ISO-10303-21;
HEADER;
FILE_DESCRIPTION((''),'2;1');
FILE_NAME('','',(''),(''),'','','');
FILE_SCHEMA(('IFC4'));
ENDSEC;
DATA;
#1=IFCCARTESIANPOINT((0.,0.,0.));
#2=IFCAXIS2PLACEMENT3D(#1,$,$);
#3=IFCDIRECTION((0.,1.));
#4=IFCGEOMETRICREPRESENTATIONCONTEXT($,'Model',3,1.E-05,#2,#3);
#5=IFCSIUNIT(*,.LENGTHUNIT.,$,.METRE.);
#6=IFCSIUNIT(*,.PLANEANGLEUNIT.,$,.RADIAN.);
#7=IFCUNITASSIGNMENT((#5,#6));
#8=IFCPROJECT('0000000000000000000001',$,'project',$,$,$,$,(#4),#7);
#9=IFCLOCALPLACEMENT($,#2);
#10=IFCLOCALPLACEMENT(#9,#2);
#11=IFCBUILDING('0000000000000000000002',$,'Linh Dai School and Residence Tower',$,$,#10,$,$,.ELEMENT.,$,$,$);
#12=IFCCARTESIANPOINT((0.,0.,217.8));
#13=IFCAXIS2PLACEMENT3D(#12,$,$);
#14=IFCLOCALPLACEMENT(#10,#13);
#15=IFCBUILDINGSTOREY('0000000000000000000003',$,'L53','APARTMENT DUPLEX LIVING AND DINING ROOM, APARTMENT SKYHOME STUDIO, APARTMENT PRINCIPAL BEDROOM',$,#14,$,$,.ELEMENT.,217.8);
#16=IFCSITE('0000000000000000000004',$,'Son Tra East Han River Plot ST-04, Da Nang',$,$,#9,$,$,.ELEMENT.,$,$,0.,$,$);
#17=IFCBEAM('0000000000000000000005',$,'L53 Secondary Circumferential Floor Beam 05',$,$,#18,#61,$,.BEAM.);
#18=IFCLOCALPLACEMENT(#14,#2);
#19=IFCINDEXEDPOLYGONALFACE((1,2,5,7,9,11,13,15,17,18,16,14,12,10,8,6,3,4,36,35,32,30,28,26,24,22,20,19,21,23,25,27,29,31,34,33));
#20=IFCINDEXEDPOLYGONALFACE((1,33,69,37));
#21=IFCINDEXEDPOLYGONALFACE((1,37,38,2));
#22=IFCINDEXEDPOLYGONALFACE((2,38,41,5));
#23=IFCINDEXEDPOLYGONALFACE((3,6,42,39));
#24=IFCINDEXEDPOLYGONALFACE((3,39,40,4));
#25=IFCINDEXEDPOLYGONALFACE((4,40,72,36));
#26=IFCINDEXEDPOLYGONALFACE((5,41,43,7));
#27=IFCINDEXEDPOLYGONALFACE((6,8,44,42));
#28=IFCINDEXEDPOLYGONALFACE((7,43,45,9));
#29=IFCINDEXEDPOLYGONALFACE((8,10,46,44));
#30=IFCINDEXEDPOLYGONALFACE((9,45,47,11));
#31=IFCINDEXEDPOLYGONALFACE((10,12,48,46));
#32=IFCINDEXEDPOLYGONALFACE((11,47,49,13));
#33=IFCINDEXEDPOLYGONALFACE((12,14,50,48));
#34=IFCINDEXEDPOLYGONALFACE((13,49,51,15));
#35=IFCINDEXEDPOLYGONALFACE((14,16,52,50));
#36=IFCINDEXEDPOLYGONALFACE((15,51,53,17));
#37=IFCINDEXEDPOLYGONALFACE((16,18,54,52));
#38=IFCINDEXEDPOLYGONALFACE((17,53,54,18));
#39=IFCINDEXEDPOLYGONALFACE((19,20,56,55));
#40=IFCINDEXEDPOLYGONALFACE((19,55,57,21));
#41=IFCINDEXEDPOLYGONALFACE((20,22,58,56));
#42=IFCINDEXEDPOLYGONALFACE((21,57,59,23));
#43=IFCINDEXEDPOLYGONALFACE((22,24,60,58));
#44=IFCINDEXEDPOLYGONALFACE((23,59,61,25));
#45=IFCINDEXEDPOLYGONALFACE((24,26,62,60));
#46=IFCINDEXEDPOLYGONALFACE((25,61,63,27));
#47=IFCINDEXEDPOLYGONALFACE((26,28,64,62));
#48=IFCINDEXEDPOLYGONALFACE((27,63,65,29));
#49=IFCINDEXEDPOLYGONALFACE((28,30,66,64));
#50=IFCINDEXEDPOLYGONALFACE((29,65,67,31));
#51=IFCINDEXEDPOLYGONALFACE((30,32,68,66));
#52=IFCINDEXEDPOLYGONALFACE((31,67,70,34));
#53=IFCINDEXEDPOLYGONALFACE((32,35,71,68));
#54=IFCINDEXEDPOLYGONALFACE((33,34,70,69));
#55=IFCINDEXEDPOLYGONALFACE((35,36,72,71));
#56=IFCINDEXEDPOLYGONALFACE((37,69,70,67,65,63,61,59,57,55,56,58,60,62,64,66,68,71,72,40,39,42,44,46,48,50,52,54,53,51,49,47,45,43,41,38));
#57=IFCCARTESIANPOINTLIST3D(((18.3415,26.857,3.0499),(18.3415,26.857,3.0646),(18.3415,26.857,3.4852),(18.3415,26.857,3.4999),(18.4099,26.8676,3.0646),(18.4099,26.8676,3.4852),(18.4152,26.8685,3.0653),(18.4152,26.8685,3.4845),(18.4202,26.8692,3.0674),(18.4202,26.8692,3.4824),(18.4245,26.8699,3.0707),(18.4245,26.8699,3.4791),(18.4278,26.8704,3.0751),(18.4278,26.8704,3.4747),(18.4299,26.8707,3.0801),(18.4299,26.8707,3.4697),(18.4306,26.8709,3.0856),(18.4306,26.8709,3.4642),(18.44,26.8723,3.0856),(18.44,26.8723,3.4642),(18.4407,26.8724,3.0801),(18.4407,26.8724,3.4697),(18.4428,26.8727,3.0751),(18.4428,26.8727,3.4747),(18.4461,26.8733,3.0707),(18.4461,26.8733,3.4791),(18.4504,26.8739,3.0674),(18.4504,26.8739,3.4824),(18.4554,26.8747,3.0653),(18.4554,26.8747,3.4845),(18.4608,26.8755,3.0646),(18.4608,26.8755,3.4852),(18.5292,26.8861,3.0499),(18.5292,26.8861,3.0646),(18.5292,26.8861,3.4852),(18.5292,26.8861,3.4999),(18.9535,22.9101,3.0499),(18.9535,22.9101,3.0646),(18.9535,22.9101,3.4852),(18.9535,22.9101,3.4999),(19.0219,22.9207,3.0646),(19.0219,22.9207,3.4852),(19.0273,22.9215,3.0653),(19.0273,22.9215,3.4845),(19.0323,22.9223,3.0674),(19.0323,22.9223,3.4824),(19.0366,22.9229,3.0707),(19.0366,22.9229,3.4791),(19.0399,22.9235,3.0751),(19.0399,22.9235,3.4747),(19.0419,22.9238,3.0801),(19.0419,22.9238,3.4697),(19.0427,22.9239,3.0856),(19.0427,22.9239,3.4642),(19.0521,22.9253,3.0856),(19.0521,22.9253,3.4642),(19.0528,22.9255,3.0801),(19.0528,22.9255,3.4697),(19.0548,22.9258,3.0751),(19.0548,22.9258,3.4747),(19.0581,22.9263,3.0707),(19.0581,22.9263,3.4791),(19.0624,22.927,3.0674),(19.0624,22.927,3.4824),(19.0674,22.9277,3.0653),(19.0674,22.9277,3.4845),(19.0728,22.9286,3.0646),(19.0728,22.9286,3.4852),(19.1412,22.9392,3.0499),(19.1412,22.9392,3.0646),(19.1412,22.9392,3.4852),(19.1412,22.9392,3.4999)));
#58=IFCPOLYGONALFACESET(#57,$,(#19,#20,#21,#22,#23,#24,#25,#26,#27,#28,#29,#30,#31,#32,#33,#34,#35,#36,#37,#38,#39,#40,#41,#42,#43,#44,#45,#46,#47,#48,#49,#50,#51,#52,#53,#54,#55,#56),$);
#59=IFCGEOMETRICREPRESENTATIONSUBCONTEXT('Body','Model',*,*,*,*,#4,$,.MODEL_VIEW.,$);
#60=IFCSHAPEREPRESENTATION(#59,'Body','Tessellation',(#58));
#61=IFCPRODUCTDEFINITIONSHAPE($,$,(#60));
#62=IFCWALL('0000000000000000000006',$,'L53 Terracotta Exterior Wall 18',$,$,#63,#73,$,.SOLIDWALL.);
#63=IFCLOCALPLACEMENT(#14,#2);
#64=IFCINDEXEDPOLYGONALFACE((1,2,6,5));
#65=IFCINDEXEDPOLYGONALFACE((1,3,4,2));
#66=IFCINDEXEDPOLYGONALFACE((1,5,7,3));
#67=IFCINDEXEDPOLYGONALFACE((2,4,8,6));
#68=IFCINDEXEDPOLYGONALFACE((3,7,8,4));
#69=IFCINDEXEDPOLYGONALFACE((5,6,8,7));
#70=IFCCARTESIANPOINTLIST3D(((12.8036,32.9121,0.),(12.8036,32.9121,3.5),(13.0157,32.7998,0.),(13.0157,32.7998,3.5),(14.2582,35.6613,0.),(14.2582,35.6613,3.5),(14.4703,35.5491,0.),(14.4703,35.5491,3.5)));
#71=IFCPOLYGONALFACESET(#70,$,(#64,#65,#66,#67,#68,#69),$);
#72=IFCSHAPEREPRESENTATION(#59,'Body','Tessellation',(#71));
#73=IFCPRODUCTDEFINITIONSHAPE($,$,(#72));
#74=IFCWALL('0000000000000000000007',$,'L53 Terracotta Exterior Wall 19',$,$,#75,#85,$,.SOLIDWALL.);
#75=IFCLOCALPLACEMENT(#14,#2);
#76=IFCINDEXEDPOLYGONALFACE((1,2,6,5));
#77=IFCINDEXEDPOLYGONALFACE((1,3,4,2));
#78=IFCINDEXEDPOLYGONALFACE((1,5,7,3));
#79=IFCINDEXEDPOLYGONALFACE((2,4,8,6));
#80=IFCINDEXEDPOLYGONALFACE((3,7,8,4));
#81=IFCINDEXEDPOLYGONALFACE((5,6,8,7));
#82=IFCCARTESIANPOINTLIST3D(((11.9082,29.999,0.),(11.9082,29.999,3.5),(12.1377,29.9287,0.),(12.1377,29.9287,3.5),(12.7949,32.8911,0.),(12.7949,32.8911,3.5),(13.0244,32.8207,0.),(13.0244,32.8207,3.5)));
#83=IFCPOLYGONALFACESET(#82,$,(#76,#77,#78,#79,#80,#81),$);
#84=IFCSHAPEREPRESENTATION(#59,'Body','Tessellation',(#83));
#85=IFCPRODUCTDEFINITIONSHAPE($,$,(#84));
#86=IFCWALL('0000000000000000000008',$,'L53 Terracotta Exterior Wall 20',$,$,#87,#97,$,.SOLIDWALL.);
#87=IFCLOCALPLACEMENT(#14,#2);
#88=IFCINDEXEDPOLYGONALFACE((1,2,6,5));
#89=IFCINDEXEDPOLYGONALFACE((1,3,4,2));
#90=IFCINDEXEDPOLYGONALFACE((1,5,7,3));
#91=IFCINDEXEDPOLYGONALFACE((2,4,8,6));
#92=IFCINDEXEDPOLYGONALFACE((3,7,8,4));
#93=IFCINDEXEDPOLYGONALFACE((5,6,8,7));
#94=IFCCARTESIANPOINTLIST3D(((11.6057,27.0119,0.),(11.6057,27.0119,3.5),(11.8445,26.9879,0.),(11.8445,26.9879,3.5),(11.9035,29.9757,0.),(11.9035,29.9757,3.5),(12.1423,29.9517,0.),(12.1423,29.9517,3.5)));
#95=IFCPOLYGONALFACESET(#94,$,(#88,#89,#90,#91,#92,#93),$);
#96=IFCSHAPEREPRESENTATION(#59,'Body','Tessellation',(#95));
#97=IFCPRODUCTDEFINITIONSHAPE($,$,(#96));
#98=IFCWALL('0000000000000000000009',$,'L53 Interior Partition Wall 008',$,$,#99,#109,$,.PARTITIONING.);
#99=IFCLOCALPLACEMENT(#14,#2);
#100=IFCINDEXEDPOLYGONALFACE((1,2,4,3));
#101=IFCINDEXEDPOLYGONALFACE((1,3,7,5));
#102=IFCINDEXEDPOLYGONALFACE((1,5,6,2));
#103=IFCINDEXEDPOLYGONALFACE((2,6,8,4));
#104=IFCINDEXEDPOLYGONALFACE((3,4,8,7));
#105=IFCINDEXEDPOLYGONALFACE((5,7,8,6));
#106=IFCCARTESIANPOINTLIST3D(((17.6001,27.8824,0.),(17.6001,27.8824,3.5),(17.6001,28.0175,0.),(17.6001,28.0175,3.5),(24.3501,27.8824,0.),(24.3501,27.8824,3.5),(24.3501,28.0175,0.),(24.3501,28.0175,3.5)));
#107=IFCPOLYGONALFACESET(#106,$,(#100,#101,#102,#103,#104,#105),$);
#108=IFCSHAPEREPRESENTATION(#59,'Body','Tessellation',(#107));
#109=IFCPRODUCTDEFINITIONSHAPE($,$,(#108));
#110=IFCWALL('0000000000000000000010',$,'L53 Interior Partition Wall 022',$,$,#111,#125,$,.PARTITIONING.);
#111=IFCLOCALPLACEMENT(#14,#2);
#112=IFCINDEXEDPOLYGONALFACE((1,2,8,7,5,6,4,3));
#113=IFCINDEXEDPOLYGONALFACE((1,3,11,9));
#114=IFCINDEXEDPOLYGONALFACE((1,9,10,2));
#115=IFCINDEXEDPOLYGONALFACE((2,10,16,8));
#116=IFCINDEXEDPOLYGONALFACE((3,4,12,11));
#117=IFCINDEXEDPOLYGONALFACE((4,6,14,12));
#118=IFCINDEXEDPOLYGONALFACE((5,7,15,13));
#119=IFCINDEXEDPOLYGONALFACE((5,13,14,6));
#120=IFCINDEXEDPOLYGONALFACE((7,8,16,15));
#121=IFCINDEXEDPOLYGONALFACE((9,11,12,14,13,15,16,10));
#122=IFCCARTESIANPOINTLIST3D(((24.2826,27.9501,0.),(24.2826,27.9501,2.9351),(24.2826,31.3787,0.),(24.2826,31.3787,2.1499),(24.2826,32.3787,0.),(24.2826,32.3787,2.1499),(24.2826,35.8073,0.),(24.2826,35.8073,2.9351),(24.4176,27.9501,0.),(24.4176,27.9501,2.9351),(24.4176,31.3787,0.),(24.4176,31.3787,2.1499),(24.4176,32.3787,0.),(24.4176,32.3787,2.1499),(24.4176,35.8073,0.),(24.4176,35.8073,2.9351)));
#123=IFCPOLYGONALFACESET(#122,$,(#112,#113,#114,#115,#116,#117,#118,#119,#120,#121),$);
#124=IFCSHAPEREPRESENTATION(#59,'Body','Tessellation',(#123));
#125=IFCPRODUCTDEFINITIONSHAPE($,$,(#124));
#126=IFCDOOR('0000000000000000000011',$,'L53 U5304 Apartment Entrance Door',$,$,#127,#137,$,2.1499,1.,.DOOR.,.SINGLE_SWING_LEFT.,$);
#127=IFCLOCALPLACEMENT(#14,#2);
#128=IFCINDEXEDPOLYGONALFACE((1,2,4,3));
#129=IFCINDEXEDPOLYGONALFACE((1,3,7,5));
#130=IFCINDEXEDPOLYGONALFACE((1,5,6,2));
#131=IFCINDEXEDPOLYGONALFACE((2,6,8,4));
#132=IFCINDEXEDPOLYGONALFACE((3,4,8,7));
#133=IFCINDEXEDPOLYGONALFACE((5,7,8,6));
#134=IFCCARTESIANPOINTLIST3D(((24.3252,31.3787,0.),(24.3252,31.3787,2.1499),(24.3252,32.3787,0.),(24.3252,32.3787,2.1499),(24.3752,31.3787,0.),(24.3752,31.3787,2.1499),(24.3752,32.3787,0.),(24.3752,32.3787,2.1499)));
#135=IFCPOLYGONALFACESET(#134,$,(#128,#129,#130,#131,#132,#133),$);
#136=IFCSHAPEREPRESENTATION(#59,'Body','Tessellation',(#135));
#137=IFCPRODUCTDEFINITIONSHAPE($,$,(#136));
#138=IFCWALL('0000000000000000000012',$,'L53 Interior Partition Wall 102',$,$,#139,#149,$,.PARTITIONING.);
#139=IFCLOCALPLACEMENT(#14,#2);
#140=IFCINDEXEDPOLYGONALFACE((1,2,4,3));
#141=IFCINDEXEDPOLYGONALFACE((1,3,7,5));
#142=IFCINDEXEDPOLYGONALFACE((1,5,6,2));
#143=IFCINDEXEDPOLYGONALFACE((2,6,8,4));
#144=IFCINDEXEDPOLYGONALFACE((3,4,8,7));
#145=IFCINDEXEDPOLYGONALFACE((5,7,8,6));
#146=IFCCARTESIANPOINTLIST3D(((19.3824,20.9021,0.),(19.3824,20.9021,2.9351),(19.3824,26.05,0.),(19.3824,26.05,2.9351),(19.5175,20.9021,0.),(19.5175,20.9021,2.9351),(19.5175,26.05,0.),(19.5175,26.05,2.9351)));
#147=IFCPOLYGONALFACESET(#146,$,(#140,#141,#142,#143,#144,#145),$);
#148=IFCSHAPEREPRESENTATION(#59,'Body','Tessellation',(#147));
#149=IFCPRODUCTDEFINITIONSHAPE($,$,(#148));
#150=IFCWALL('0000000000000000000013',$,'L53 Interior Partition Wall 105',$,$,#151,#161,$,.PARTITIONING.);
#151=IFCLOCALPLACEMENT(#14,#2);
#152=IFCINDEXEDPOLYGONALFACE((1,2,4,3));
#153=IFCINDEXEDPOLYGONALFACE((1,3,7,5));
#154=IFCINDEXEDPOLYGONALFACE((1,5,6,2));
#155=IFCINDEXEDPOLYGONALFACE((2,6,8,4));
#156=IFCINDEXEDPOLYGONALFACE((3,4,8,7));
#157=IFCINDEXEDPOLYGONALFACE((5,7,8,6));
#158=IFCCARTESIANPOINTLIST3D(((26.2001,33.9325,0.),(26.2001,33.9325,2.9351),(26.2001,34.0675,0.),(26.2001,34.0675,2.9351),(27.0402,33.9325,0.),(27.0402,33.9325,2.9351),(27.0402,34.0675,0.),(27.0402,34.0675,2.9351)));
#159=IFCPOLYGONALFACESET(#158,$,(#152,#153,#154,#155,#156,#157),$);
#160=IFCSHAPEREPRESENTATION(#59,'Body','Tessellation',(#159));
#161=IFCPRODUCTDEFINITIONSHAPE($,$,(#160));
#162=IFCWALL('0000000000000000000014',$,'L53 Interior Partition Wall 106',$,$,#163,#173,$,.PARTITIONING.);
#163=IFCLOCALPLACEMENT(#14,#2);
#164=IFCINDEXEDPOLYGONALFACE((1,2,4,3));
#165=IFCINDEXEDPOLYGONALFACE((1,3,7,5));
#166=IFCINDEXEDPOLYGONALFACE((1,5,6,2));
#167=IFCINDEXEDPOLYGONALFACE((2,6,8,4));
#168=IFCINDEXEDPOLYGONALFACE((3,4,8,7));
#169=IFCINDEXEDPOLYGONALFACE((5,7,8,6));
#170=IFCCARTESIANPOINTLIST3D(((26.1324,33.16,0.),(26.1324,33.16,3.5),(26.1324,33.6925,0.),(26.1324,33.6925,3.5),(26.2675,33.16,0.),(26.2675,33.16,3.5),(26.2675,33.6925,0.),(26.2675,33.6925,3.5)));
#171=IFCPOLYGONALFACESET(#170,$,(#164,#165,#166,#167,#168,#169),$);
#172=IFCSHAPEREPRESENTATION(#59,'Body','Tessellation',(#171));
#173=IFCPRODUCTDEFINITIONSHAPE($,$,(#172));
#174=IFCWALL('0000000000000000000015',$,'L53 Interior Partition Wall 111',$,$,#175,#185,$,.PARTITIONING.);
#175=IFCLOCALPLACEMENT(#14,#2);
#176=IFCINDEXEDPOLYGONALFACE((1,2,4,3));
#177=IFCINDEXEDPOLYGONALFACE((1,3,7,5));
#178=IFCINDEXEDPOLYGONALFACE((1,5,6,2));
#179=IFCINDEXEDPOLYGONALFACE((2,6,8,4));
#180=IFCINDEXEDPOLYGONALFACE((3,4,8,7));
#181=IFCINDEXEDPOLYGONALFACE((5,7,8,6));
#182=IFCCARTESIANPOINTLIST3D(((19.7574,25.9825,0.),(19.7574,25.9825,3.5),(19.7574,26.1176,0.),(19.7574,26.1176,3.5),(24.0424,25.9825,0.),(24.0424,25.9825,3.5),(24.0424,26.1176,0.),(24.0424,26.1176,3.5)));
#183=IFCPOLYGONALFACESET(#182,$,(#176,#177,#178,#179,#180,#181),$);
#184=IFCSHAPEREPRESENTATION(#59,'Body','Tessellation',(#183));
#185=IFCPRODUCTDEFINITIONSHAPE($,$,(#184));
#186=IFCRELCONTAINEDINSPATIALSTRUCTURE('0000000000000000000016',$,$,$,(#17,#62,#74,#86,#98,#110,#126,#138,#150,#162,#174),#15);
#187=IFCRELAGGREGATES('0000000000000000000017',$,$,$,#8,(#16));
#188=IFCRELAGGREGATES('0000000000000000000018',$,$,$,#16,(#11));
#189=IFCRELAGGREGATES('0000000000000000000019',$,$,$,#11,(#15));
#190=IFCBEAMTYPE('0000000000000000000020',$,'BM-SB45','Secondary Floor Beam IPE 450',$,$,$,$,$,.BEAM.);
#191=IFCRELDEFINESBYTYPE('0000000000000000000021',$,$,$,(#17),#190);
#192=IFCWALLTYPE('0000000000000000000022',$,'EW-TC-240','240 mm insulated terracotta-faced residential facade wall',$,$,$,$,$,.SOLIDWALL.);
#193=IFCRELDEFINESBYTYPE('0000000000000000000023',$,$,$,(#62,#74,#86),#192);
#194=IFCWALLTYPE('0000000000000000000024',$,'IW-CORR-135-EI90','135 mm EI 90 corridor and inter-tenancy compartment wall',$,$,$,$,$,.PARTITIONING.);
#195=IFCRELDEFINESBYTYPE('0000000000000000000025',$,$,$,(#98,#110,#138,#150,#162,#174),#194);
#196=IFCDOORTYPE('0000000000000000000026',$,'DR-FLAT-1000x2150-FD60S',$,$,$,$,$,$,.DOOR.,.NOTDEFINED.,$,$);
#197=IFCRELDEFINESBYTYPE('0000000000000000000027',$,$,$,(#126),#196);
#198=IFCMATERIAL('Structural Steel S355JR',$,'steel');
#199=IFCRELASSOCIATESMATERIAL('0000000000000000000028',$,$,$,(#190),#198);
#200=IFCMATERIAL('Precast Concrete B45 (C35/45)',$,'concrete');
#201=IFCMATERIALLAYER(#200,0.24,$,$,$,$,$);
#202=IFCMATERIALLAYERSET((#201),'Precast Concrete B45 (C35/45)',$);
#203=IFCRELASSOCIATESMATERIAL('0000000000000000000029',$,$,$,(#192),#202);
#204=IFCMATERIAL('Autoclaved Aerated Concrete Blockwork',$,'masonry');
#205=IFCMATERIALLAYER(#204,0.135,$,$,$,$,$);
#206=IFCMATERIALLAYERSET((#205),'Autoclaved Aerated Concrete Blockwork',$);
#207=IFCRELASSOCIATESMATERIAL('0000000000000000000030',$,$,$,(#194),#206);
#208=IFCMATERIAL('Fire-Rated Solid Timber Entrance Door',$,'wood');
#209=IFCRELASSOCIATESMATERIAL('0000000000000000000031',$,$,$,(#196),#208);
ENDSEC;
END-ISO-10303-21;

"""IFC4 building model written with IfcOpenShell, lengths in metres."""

from ifc_helpers import new_model, si_unit, direction, frame, frame_2d, origin, origin_2d, place, context, subcontext, project, spatial, rectangle, i_section, extrude, source, transform, mapped, material, layer, layer_set, material_profile, profile_set, type_object, element, fill, save


model = new_model("IFC4")

# Units and contexts
model_context = context("Model", 3, precision=1e-05, world=origin(), true_north=direction((0.0, 1.0)))
body_context = subcontext(model_context, "Body", "Model", "MODEL_VIEW")
ifc_project = project(units=[si_unit("LENGTHUNIT", "METRE"), si_unit("PLANEANGLEUNIT", "RADIAN")], contexts=[model_context])

# Site, building, storey
site_placement = place(None, origin())
site = spatial("IfcSite", under=ifc_project, at=site_placement, Name="Son Tra East Han River Plot ST-04, Da Nang", CompositionType="ELEMENT", RefElevation=0.0)
building_placement = place(site_placement, origin())
building = spatial("IfcBuilding", under=site, at=building_placement, Name="Linh Dai School and Residence Tower", CompositionType="ELEMENT")
storey_placement = place(building_placement, frame((0.0, 0.0, 217.8)))
storey = spatial("IfcBuildingStorey", under=building, at=storey_placement, Name="L53", Description="APARTMENT DUPLEX LIVING AND DINING ROOM, APARTMENT SKYHOME STUDIO, APARTMENT PRINCIPAL BEDROOM", CompositionType="ELEMENT", Elevation=217.8)

# Shared definitions
ifc_material_1 = material(Name="Structural Steel S355JR", Category="steel")

# Beam
ifc_material_profile_1 = material_profile(ifc_material_1, i_section(OverallWidth=0.1899, OverallDepth=0.45, WebThickness=0.0095, FlangeThickness=0.0146, FilletRadius=0.021, at=origin_2d()), Name="IPE 450")
ifc_profile_set_1 = profile_set([ifc_material_profile_1], Name="Structural Steel S355JR")
beam_type_1 = type_object("IfcBeamType", Name="BM-SB45", Description="Secondary Floor Beam IPE 450", PredefinedType="BEAM", material=ifc_profile_set_1)
beam_1_placement = place(storey_placement, frame((18.4353, 26.8716, 3.2749), z_axis=(0.153238, -0.988189, 0.0), x_axis=(0.988189, 0.153238, 0.0)))
element("IfcBeam", 1, at=beam_1_placement, inside=storey, type_object=beam_type_1, Name="L53 Secondary Circumferential Floor Beam 05", PredefinedType="BEAM", context=body_context, shape_type="SweptSolid", body=[
    extrude(i_section(OverallWidth=0.1899, OverallDepth=0.45, WebThickness=0.0095, FlangeThickness=0.0146, FilletRadius=0.021, at=origin_2d()), origin(), (0.0, 0.0, 1.0), 3.9941),
])

# Walls
ifc_material_2 = material(Name="Precast Concrete B45 (C35/45)", Category="concrete")
ifc_layer_1 = layer(ifc_material_2, 0.24)
ifc_layer_set_1 = layer_set([ifc_layer_1], Name="Precast Concrete B45 (C35/45)")
wall_type_1 = type_object("IfcWallType", Name="EW-TC-240", Description="240 mm insulated terracotta-faced residential facade wall", PredefinedType="SOLIDWALL", material=ifc_layer_set_1)
wall_1_placement = place(storey_placement, frame((12.9097, 32.856, 0.0), z_axis=(0.0, 0.0, 1.0), x_axis=(0.46766, 0.883908, 0.0)))
element("IfcWall", 2, at=wall_1_placement, inside=storey, type_object=wall_type_1, Name="L53 Terracotta Exterior Wall 18", PredefinedType="SOLIDWALL", context=body_context, shape_type="SweptSolid", body=[
    extrude(rectangle(XDim=3.1104, YDim=0.24, at=frame_2d((1.5552, 0.0))), origin(), (0.0, 0.0, 1.0), 3.5),
])
wall_2_placement = place(storey_placement, frame((12.0229, 29.9639, 0.0), z_axis=(0.0, 0.0, 1.0), x_axis=(0.293133, 0.956072, 0.0)))
element("IfcWall", 3, at=wall_2_placement, inside=storey, type_object=wall_type_1, Name="L53 Terracotta Exterior Wall 19", PredefinedType="SOLIDWALL", context=body_context, shape_type="SweptSolid", body=[
    extrude(rectangle(XDim=3.0249, YDim=0.24, at=frame_2d((1.5125, 0.0))), origin(), (0.0, 0.0, 1.0), 3.5),
])
wall_3_placement = place(storey_placement, frame((11.7251, 27.0, 0.0), z_axis=(0.0, 0.0, 1.0), x_axis=(0.099991, 0.994988, 0.0)))
element("IfcWall", 4, at=wall_3_placement, inside=storey, type_object=wall_type_1, Name="L53 Terracotta Exterior Wall 20", PredefinedType="SOLIDWALL", context=body_context, shape_type="SweptSolid", body=[
    extrude(rectangle(XDim=2.9788, YDim=0.24, at=frame_2d((1.4893, 0.0))), origin(), (0.0, 0.0, 1.0), 3.5),
])
ifc_material_3 = material(Name="Autoclaved Aerated Concrete Blockwork", Category="masonry")
ifc_layer_2 = layer(ifc_material_3, 0.135)
ifc_layer_set_2 = layer_set([ifc_layer_2], Name="Autoclaved Aerated Concrete Blockwork")
wall_type_2 = type_object("IfcWallType", Name="IW-CORR-135-EI90", Description="135 mm EI 90 corridor and inter-tenancy compartment wall", PredefinedType="PARTITIONING", material=ifc_layer_set_2)
wall_4_placement = place(storey_placement, frame((17.6001, 27.95, 0.0), z_axis=(0.0, 0.0, 1.0), x_axis=(1.0, 0.0, 0.0)))
element("IfcWall", 5, at=wall_4_placement, inside=storey, type_object=wall_type_2, Name="L53 Interior Partition Wall 008", PredefinedType="PARTITIONING", context=body_context, shape_type="SweptSolid", body=[
    extrude(rectangle(XDim=6.75, YDim=0.135, at=frame_2d((3.375, 0.0))), origin(), (0.0, 0.0, 1.0), 3.5),
])

# Wall, opening, door
wall_5_placement = place(storey_placement, frame((24.3501, 27.95, 0.0), z_axis=(0.0, 0.0, 1.0), x_axis=(0.0, 1.0, 0.0)))
wall_5 = element("IfcWall", 6, at=wall_5_placement, inside=storey, type_object=wall_type_2, Name="L53 Interior Partition Wall 022", PredefinedType="PARTITIONING", context=body_context, shape_type="SweptSolid", body=[
    extrude(rectangle(XDim=7.8572, YDim=0.135, at=frame_2d((3.9287, 0.0))), origin(), (0.0, 0.0, 1.0), 2.9351),
])
opening_1_placement = place(wall_5_placement, frame((3.4287, 0.0, 0.0)))
opening_1 = element("IfcOpeningElement", 7, at=opening_1_placement, cuts=wall_5, PredefinedType="OPENING", context=body_context, shape_type="SweptSolid", body=[
    extrude(rectangle(XDim=1.0, YDim=2.1499, at=origin_2d()), frame((0.5, 0.0776, 1.075), z_axis=(0.0, -1.0, 0.0), x_axis=(1.0, 0.0, 0.0)), (0.0, 0.0, 1.0), 0.155),
])
ifc_material_4 = material(Name="Fire-Rated Solid Timber Entrance Door", Category="wood")
door_type_1 = type_object("IfcDoorType", Name="DR-FLAT-1000x2150-FD60S", OperationType="NOTDEFINED", PredefinedType="DOOR", material=ifc_material_4)
shared_shape_1 = source(origin(), body_context, "Body", "SweptSolid", [
    extrude(rectangle(XDim=1.0, YDim=2.1499, at=origin_2d()), frame((0.5, 0.0249, 1.075), z_axis=(0.0, -1.0, 0.0), x_axis=(1.0, 0.0, 0.0)), (0.0, 0.0, 1.0), 0.05),
])
door_1_placement = place(opening_1_placement, origin())
door_1 = element("IfcDoor", 8, at=door_1_placement, inside=storey, type_object=door_type_1, Name="L53 U5304 Apartment Entrance Door", OperationType="SINGLE_SWING_LEFT", OverallHeight=2.1499, OverallWidth=1.0, PredefinedType="DOOR", context=body_context, shape_type="MappedRepresentation", body=[
    mapped(shared_shape_1, transform((0.0, 0.0, 0.0), x_axis=(1.0, 0.0, 0.0), y_axis=(0.0, 1.0, 0.0), z_axis=(0.0, 0.0, 1.0), scale=1.0)),
])
fill(opening_1, door_1)

# Walls
wall_6_placement = place(storey_placement, frame((19.45, 26.05, 0.0), z_axis=(0.0, 0.0, 1.0), x_axis=(0.0, -1.0, 0.0)))
element("IfcWall", 9, at=wall_6_placement, inside=storey, type_object=wall_type_2, Name="L53 Interior Partition Wall 102", PredefinedType="PARTITIONING", context=body_context, shape_type="SweptSolid", body=[
    extrude(rectangle(XDim=5.1479, YDim=0.135, at=frame_2d((2.574, 0.0))), origin(), (0.0, 0.0, 1.0), 2.9351),
])
wall_7_placement = place(storey_placement, frame((27.04, 34.0, 0.0), z_axis=(0.0, 0.0, 1.0), x_axis=(-1.0, 0.0, 0.0)))
element("IfcWall", 10, at=wall_7_placement, inside=storey, type_object=wall_type_2, Name="L53 Interior Partition Wall 105", PredefinedType="PARTITIONING", context=body_context, shape_type="SweptSolid", body=[
    extrude(rectangle(XDim=0.8401, YDim=0.135, at=frame_2d((0.4199, 0.0))), origin(), (0.0, 0.0, 1.0), 2.9351),
])
wall_8_placement = place(storey_placement, frame((26.2, 33.6924, 0.0), z_axis=(0.0, 0.0, 1.0), x_axis=(0.0, -1.0, 0.0)))
element("IfcWall", 11, at=wall_8_placement, inside=storey, type_object=wall_type_2, Name="L53 Interior Partition Wall 106", PredefinedType="PARTITIONING", context=body_context, shape_type="SweptSolid", body=[
    extrude(rectangle(XDim=0.5325, YDim=0.135, at=frame_2d((0.2661, 0.0))), origin(), (0.0, 0.0, 1.0), 3.5),
])
wall_9_placement = place(storey_placement, frame((24.0425, 26.05, 0.0), z_axis=(0.0, 0.0, 1.0), x_axis=(-1.0, 0.0, 0.0)))
element("IfcWall", 12, at=wall_9_placement, inside=storey, type_object=wall_type_2, Name="L53 Interior Partition Wall 111", PredefinedType="PARTITIONING", context=body_context, shape_type="SweptSolid", body=[
    extrude(rectangle(XDim=4.2849, YDim=0.135, at=frame_2d((2.1426, 0.0))), origin(), (0.0, 0.0, 1.0), 3.5),
])

save(model, "model.ifc")
